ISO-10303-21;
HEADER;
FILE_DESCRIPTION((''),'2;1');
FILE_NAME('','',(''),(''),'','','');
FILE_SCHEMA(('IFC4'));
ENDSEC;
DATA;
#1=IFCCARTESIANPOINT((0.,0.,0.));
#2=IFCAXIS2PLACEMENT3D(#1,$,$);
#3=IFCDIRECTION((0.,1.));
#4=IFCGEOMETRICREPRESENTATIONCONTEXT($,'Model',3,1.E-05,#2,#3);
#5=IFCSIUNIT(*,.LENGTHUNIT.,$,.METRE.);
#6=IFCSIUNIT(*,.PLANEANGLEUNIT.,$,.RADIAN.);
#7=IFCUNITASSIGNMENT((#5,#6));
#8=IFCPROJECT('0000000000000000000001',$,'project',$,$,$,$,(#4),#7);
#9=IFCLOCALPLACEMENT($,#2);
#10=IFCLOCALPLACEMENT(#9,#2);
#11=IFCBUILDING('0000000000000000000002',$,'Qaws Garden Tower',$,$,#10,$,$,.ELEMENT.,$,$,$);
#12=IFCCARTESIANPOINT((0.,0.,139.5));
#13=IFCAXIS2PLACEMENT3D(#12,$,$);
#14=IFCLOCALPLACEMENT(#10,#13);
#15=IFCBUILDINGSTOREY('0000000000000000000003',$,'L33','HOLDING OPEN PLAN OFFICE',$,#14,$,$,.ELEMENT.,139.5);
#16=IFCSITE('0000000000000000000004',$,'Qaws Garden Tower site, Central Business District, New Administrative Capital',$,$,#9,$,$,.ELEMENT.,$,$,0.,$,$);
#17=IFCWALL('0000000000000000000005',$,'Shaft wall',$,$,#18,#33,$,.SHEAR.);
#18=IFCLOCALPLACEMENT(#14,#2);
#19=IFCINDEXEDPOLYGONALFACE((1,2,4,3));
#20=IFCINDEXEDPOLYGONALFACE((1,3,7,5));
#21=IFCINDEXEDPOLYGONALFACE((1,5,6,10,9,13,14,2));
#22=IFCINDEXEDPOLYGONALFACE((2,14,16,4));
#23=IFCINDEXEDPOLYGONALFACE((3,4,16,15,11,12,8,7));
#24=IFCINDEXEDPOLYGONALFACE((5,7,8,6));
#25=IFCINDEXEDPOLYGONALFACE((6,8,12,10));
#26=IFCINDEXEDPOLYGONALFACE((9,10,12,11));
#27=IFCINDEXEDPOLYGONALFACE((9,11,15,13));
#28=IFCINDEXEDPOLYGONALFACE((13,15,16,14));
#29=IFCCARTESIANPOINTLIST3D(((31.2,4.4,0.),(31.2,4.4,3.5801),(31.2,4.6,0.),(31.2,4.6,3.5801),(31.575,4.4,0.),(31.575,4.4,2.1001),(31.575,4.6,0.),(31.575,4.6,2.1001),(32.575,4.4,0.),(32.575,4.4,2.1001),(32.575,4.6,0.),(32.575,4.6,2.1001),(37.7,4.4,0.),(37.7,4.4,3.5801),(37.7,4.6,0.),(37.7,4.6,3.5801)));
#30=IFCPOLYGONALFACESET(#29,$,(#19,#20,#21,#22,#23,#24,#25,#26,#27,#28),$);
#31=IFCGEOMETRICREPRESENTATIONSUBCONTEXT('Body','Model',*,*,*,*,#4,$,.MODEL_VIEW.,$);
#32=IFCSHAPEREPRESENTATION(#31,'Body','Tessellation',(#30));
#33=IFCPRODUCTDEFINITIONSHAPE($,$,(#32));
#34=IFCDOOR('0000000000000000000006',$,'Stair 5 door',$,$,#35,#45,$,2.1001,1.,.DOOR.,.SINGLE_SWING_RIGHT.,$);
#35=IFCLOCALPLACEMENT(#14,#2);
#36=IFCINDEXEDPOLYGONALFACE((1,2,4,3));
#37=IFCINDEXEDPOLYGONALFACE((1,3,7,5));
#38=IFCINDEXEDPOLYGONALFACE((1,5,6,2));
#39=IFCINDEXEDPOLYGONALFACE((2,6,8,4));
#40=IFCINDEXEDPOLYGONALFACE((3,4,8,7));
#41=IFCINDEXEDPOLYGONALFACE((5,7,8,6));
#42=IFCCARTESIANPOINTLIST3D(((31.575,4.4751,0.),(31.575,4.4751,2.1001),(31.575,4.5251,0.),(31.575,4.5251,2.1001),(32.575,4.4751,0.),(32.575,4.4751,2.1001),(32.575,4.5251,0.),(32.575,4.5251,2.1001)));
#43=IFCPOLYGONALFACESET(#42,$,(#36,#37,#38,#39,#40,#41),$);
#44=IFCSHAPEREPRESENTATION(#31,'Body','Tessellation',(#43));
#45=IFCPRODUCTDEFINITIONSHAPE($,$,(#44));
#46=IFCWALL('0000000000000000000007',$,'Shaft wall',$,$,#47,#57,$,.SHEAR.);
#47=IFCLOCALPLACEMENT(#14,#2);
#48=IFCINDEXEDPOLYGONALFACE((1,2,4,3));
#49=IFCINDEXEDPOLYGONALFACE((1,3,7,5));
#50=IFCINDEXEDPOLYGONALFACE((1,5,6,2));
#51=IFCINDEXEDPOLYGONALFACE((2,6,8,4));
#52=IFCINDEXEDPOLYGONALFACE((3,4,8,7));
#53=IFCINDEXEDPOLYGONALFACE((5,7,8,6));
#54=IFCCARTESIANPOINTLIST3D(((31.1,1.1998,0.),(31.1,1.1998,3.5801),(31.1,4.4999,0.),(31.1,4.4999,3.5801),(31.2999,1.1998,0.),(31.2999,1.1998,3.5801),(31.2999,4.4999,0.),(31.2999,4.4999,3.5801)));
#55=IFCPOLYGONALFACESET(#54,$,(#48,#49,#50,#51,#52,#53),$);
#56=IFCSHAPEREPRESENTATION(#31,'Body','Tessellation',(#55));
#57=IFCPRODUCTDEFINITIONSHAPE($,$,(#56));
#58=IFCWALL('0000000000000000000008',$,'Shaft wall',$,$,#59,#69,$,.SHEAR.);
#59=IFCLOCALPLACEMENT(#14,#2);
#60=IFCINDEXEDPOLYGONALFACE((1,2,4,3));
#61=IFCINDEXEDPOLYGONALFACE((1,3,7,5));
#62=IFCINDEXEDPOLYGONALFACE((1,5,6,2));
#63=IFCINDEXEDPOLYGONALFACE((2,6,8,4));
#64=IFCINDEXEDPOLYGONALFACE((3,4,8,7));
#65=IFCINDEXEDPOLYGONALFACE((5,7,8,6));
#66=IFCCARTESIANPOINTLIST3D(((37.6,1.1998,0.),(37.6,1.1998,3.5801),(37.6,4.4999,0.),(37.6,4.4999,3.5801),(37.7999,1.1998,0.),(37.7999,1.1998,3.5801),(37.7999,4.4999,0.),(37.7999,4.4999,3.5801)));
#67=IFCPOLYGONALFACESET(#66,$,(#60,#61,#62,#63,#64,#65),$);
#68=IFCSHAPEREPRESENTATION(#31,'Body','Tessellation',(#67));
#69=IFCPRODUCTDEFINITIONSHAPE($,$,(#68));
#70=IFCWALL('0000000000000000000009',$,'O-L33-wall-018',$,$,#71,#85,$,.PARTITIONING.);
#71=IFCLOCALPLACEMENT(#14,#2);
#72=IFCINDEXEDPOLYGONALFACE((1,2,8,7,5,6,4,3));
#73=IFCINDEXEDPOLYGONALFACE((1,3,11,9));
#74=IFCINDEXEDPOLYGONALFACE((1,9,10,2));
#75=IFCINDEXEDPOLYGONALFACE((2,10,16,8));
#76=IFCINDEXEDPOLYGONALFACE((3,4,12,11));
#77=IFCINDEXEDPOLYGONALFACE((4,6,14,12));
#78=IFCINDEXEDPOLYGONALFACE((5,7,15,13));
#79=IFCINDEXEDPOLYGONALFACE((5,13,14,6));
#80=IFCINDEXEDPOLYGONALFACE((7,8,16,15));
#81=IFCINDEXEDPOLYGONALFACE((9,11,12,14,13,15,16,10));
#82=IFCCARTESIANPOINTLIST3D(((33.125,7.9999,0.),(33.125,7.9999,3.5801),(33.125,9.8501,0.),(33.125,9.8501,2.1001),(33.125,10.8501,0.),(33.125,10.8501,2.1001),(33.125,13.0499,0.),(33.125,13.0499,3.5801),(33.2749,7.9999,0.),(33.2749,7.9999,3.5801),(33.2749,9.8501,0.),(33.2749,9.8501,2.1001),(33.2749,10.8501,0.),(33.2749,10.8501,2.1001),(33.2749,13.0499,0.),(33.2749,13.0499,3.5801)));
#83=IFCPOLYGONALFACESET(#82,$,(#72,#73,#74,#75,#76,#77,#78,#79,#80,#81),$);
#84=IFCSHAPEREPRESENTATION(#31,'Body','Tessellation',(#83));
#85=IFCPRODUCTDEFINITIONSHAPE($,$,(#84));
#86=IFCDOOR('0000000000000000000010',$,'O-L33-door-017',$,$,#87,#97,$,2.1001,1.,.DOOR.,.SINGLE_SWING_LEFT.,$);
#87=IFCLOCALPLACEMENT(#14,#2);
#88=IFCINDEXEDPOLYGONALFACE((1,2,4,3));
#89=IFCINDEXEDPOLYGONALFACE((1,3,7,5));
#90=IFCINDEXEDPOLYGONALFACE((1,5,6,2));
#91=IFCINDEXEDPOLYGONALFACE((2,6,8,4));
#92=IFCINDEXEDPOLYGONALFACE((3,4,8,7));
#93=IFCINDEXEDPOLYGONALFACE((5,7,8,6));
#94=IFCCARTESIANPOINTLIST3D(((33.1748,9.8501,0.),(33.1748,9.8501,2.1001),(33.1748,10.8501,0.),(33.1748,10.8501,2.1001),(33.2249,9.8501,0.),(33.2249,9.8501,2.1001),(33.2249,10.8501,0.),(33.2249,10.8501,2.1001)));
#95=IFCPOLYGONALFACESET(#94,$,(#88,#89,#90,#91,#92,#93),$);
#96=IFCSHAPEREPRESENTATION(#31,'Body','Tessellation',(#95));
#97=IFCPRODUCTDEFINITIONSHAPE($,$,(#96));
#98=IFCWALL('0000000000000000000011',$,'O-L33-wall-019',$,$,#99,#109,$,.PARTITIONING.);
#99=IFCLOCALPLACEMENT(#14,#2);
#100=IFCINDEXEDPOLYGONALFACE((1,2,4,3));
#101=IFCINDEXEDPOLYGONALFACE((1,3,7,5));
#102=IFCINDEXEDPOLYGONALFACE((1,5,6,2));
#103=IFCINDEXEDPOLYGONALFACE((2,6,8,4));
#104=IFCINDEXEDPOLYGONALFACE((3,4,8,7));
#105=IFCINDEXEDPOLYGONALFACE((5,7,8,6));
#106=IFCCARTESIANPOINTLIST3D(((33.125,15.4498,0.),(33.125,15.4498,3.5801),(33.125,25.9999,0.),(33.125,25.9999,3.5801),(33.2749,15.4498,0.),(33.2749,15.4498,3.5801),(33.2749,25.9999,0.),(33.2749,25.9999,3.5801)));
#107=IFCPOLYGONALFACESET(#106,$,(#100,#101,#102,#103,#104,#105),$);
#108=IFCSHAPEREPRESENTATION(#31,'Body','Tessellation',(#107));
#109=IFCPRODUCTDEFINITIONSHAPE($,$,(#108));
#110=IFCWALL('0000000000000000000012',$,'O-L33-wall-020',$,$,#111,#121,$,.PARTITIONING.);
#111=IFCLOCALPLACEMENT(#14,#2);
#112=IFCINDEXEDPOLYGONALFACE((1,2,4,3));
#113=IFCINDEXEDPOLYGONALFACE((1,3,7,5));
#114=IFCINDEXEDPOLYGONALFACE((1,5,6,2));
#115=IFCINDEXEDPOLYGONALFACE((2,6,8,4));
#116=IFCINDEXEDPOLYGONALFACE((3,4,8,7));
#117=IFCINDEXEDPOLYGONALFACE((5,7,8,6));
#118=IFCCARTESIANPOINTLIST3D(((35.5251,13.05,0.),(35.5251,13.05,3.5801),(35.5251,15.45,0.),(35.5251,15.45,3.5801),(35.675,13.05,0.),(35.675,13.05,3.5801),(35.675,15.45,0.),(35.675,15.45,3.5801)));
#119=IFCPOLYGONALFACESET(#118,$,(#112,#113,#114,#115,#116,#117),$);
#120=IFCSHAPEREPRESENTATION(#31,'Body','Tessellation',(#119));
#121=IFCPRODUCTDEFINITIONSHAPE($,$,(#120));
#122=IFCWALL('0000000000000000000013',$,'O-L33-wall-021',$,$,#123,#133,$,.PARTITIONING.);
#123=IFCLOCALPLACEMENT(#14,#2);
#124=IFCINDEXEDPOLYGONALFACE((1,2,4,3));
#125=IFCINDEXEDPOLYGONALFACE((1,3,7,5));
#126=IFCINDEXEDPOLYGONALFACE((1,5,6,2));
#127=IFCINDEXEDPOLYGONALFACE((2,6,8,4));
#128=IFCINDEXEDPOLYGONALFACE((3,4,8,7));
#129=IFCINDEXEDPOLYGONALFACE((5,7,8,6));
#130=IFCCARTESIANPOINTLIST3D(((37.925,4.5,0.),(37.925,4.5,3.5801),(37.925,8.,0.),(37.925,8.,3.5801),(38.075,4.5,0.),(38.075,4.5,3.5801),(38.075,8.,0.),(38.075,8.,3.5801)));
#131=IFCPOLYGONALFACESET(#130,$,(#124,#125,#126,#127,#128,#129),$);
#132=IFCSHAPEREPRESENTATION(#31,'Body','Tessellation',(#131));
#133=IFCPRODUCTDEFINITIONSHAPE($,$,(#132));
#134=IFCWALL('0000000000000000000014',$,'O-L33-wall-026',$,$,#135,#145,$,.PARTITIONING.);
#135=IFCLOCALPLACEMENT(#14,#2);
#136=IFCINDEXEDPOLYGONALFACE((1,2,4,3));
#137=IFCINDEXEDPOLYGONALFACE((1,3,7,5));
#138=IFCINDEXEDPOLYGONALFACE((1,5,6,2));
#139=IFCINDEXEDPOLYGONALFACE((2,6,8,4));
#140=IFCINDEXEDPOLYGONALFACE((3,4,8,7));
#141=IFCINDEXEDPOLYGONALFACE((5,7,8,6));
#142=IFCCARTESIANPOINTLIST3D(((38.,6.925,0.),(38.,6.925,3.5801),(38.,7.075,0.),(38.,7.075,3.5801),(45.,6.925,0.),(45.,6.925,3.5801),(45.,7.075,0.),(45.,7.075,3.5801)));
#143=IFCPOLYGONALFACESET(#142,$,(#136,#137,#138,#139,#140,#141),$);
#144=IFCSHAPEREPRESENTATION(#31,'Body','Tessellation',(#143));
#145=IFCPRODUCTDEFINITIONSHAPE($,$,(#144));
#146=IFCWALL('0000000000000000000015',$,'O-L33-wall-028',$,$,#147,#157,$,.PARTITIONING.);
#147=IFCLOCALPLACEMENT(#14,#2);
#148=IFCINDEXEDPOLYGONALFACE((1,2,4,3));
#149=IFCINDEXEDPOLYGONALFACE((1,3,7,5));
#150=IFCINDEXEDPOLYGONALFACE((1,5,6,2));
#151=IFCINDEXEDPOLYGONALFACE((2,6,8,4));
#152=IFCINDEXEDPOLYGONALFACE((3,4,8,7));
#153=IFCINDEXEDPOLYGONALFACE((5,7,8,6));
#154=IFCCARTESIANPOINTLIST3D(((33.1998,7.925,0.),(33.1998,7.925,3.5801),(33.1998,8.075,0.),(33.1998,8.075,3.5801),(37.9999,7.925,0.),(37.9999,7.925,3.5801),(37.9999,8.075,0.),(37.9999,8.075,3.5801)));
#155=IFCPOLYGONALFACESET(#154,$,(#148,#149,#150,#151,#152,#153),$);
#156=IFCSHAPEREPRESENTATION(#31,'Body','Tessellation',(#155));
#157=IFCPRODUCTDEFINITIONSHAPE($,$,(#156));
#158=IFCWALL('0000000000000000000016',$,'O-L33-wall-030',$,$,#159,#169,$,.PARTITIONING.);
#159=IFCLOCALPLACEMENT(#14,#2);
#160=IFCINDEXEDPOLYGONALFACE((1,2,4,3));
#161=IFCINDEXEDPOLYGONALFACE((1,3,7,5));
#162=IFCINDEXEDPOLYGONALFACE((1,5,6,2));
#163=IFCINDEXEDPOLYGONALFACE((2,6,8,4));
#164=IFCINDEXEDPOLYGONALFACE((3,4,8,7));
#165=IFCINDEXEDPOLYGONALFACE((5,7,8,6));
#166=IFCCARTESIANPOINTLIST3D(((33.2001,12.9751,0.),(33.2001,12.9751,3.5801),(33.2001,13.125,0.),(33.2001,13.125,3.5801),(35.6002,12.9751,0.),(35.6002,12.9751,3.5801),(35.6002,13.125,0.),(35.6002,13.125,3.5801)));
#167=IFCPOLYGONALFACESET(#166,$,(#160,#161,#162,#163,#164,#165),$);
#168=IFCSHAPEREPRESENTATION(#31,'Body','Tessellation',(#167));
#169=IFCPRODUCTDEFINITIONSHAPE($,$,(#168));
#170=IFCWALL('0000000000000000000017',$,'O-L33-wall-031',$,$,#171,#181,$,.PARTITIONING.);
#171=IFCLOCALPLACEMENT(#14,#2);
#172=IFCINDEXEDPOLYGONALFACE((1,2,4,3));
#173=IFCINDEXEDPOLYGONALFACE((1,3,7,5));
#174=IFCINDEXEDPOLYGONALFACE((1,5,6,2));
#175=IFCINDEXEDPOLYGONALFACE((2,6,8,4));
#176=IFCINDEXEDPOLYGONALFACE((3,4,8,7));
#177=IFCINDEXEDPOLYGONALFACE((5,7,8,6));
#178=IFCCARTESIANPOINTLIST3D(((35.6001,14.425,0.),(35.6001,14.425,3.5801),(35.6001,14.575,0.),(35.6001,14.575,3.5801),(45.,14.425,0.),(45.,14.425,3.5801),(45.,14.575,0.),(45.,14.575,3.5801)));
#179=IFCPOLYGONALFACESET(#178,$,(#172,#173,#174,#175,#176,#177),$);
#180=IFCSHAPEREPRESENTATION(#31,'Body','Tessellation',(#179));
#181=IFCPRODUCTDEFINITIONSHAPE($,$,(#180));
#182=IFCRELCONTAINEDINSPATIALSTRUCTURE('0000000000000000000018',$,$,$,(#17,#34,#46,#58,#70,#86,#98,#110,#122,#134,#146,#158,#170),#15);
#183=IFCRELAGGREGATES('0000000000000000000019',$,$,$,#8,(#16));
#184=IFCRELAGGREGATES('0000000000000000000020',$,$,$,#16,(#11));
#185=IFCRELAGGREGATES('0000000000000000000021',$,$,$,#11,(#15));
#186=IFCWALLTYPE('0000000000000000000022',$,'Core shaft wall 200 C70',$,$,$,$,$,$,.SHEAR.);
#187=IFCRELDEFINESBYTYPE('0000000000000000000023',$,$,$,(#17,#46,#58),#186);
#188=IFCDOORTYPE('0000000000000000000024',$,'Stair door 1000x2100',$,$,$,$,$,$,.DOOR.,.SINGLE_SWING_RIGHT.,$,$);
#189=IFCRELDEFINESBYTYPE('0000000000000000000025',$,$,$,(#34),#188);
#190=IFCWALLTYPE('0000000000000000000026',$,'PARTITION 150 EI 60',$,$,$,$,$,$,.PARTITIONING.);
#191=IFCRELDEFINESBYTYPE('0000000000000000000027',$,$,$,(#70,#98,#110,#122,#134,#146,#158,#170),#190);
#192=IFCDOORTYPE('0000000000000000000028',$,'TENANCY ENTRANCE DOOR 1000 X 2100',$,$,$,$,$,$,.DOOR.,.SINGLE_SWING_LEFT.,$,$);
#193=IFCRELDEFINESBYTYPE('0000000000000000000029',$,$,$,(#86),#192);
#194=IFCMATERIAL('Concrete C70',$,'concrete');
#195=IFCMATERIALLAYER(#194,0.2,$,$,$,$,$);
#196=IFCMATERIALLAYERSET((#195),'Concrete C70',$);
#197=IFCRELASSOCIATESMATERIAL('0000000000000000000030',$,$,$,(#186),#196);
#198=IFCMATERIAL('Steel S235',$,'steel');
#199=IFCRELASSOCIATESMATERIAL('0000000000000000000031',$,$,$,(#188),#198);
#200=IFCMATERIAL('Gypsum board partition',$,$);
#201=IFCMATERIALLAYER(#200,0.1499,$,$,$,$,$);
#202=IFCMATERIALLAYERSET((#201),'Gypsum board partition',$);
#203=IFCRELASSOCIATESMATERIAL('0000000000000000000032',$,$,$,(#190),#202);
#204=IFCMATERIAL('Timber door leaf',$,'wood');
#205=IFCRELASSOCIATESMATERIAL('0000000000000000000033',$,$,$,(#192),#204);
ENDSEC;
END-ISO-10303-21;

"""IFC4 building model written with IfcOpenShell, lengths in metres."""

from ifc_helpers import new_model, si_unit, direction, frame, frame_2d, origin, place, context, subcontext, project, spatial, rectangle, extrude, material, layer, layer_set, type_object, element, fill, save


model = new_model("IFC4")

# Units and contexts
model_context = context("Model", 3, precision=1e-05, world=origin(), true_north=direction((0.0, 1.0)))
body_context = subcontext(model_context, "Body", "Model", "MODEL_VIEW")
ifc_project = project(units=[si_unit("LENGTHUNIT", "METRE"), si_unit("PLANEANGLEUNIT", "RADIAN")], contexts=[model_context])

# Site, building, storey
site_placement = place(None, origin())
site = spatial("IfcSite", under=ifc_project, at=site_placement, Name="Qaws Garden Tower site, Central Business District, New Administrative Capital", CompositionType="ELEMENT", RefElevation=0.0)
building_placement = place(site_placement, origin())
building = spatial("IfcBuilding", under=site, at=building_placement, Name="Qaws Garden Tower", CompositionType="ELEMENT")
storey_placement = place(building_placement, frame((0.0, 0.0, 139.5)))
storey = spatial("IfcBuildingStorey", under=building, at=storey_placement, Name="L33", Description="HOLDING OPEN PLAN OFFICE", CompositionType="ELEMENT", Elevation=139.5)

# Wall, opening, door
ifc_material_1 = material(Name="Concrete C70", Category="concrete")
ifc_layer_1 = layer(ifc_material_1, 0.2)
ifc_layer_set_1 = layer_set([ifc_layer_1], Name="Concrete C70")
wall_type_1 = type_object("IfcWallType", Name="Core shaft wall 200 C70", PredefinedType="SHEAR", material=ifc_layer_set_1)
wall_1_placement = place(storey_placement, frame((31.2, 4.5, 0.0), z_axis=(0.0, 0.0, 1.0), x_axis=(1.0, 0.0, 0.0)))
wall_1 = element("IfcWall", 1, at=wall_1_placement, inside=storey, type_object=wall_type_1, Name="Shaft wall", PredefinedType="SHEAR", context=body_context, shape_type="SweptSolid", body=[
    extrude(rectangle(XDim=6.5, YDim=0.2, at=frame_2d((3.25, 0.0))), origin(), (0.0, 0.0, 1.0), 3.5801),
])
opening_1_placement = place(wall_1_placement, frame((0.375, 0.0, 0.0)))
opening_1 = element("IfcOpeningElement", 2, at=opening_1_placement, cuts=wall_1, PredefinedType="OPENING", context=body_context, shape_type="SweptSolid", body=[
    extrude(rectangle(XDim=1.0, YDim=2.1001, at=frame_2d((0.5, 1.05))), frame((0.0, 0.1099, 0.0), z_axis=(0.0, -1.0, 0.0), x_axis=(1.0, 0.0, 0.0)), (0.0, 0.0, 1.0), 0.22),
])
ifc_material_2 = material(Name="Steel S235", Category="steel")
door_type_1 = type_object("IfcDoorType", Name="Stair door 1000x2100", OperationType="SINGLE_SWING_RIGHT", PredefinedType="DOOR", material=ifc_material_2)
door_1_placement = place(opening_1_placement, frame((1.0, 0.0, 0.0), z_axis=(0.0, 0.0, 1.0), x_axis=(-1.0, 0.0, 0.0)))
door_1 = element("IfcDoor", 3, at=door_1_placement, inside=storey, type_object=door_type_1, Name="Stair 5 door", OperationType="SINGLE_SWING_RIGHT", OverallHeight=2.1001, OverallWidth=1.0, PredefinedType="DOOR", context=body_context, shape_type="SweptSolid", body=[
    extrude(rectangle(XDim=1.0, YDim=2.1001, at=frame_2d((0.5, 1.05))), frame((0.0, 0.0249, 0.0), z_axis=(0.0, -1.0, 0.0), x_axis=(1.0, 0.0, 0.0)), (0.0, 0.0, 1.0), 0.05),
])
fill(opening_1, door_1)

# Walls
for number, where, z_axis, x_axis, name in (
    (4, (31.2, 1.2, 0.0), (0.0, 0.0, 1.0), (0.0, 1.0, 0.0), "Shaft wall"),
    (5, (37.7, 1.2, 0.0), (0.0, 0.0, 1.0), (0.0, 1.0, 0.0), "Shaft wall"),
):
    element("IfcWall", number, at=place(storey_placement, frame(where, z_axis=z_axis, x_axis=x_axis)), inside=storey, type_object=wall_type_1, Name=name, PredefinedType="SHEAR", context=body_context, shape_type="SweptSolid", body=[
        extrude(rectangle(XDim=3.3, YDim=0.2, at=frame_2d((1.6499, 0.0))), origin(), (0.0, 0.0, 1.0), 3.5801),
    ])

# Wall, opening, door
ifc_material_3 = material(Name="Gypsum board partition")
ifc_layer_2 = layer(ifc_material_3, 0.1499)
ifc_layer_set_2 = layer_set([ifc_layer_2], Name="Gypsum board partition")
wall_type_2 = type_object("IfcWallType", Name="PARTITION 150 EI 60", PredefinedType="PARTITIONING", material=ifc_layer_set_2)
wall_2_placement = place(storey_placement, frame((33.2, 8.0, 0.0), z_axis=(0.0, 0.0, 1.0), x_axis=(0.0, 1.0, 0.0)))
wall_2 = element("IfcWall", 6, at=wall_2_placement, inside=storey, type_object=wall_type_2, Name="O-L33-wall-018", PredefinedType="PARTITIONING", context=body_context, shape_type="SweptSolid", body=[
    extrude(rectangle(XDim=5.05, YDim=0.1499, at=frame_2d((2.5249, 0.0))), origin(), (0.0, 0.0, 1.0), 3.5801),
])
opening_2_placement = place(wall_2_placement, frame((1.8501, 0.0, 0.0)))
opening_2 = element("IfcOpeningElement", 7, at=opening_2_placement, cuts=wall_2, PredefinedType="OPENING", context=body_context, shape_type="SweptSolid", body=[
    extrude(rectangle(XDim=1.0, YDim=2.1001, at=frame_2d((0.5, 1.05))), frame((0.0, 0.085, 0.0), z_axis=(0.0, -1.0, 0.0), x_axis=(1.0, 0.0, 0.0)), (0.0, 0.0, 1.0), 0.1699),
])
ifc_material_4 = material(Name="Timber door leaf", Category="wood")
door_type_2 = type_object("IfcDoorType", Name="TENANCY ENTRANCE DOOR 1000 X 2100", OperationType="SINGLE_SWING_LEFT", PredefinedType="DOOR", material=ifc_material_4)
door_2_placement = place(opening_2_placement, frame((1.0, 0.0, 0.0), z_axis=(0.0, 0.0, 1.0), x_axis=(-1.0, 0.0, 0.0)))
door_2 = element("IfcDoor", 8, at=door_2_placement, inside=storey, type_object=door_type_2, Name="O-L33-door-017", OperationType="SINGLE_SWING_LEFT", OverallHeight=2.1001, OverallWidth=1.0, PredefinedType="DOOR", context=body_context, shape_type="SweptSolid", body=[
    extrude(rectangle(XDim=1.0, YDim=2.1001, at=frame_2d((0.5, 1.05))), frame((0.0, 0.0249, 0.0), z_axis=(0.0, -1.0, 0.0), x_axis=(1.0, 0.0, 0.0)), (0.0, 0.0, 1.0), 0.05),
])
fill(opening_2, door_2)

# Walls
wall_3_placement = place(storey_placement, frame((33.2, 15.45, 0.0), z_axis=(0.0, 0.0, 1.0), x_axis=(0.0, 1.0, 0.0)))
element("IfcWall", 9, at=wall_3_placement, inside=storey, type_object=wall_type_2, Name="O-L33-wall-019", PredefinedType="PARTITIONING", context=body_context, shape_type="SweptSolid", body=[
    extrude(rectangle(XDim=10.55, YDim=0.1499, at=frame_2d((5.2749, 0.0))), origin(), (0.0, 0.0, 1.0), 3.5801),
])
wall_4_placement = place(storey_placement, frame((35.6001, 13.05, 0.0), z_axis=(0.0, 0.0, 1.0), x_axis=(0.0, 1.0, 0.0)))
element("IfcWall", 10, at=wall_4_placement, inside=storey, type_object=wall_type_2, Name="O-L33-wall-020", PredefinedType="PARTITIONING", context=body_context, shape_type="SweptSolid", body=[
    extrude(rectangle(XDim=2.3999, YDim=0.1499, at=frame_2d((1.2, 0.0))), origin(), (0.0, 0.0, 1.0), 3.5801),
])
wall_5_placement = place(storey_placement, frame((38.0, 4.5, 0.0), z_axis=(0.0, 0.0, 1.0), x_axis=(0.0, 1.0, 0.0)))
element("IfcWall", 11, at=wall_5_placement, inside=storey, type_object=wall_type_2, Name="O-L33-wall-021", PredefinedType="PARTITIONING", context=body_context, shape_type="SweptSolid", body=[
    extrude(rectangle(XDim=3.5, YDim=0.1499, at=frame_2d((1.75, 0.0))), origin(), (0.0, 0.0, 1.0), 3.5801),
])
wall_6_placement = place(storey_placement, frame((38.0, 7.0, 0.0), z_axis=(0.0, 0.0, 1.0), x_axis=(1.0, 0.0, 0.0)))
element("IfcWall", 12, at=wall_6_placement, inside=storey, type_object=wall_type_2, Name="O-L33-wall-026", PredefinedType="PARTITIONING", context=body_context, shape_type="SweptSolid", body=[
    extrude(rectangle(XDim=7.0, YDim=0.1499, at=frame_2d((3.5, 0.0))), origin(), (0.0, 0.0, 1.0), 3.5801),
])
wall_7_placement = place(storey_placement, frame((33.2, 8.0, 0.0), z_axis=(0.0, 0.0, 1.0), x_axis=(1.0, 0.0, 0.0)))
element("IfcWall", 13, at=wall_7_placement, inside=storey, type_object=wall_type_2, Name="O-L33-wall-028", PredefinedType="PARTITIONING", context=body_context, shape_type="SweptSolid", body=[
    extrude(rectangle(XDim=4.8, YDim=0.1499, at=frame_2d((2.3999, 0.0))), origin(), (0.0, 0.0, 1.0), 3.5801),
])
wall_8_placement = place(storey_placement, frame((33.2, 13.05, 0.0), z_axis=(0.0, 0.0, 1.0), x_axis=(1.0, 0.0, 0.0)))
element("IfcWall", 14, at=wall_8_placement, inside=storey, type_object=wall_type_2, Name="O-L33-wall-030", PredefinedType="PARTITIONING", context=body_context, shape_type="SweptSolid", body=[
    extrude(rectangle(XDim=2.4001, YDim=0.1499, at=frame_2d((1.2002, 0.0))), origin(), (0.0, 0.0, 1.0), 3.5801),
])
wall_9_placement = place(storey_placement, frame((35.6001, 14.5, 0.0), z_axis=(0.0, 0.0, 1.0), x_axis=(1.0, 0.0, 0.0)))
element("IfcWall", 15, at=wall_9_placement, inside=storey, type_object=wall_type_2, Name="O-L33-wall-031", PredefinedType="PARTITIONING", context=body_context, shape_type="SweptSolid", body=[
    extrude(rectangle(XDim=9.3999, YDim=0.1499, at=frame_2d((4.7, 0.0))), origin(), (0.0, 0.0, 1.0), 3.5801),
])

save(model, "model.ifc")
